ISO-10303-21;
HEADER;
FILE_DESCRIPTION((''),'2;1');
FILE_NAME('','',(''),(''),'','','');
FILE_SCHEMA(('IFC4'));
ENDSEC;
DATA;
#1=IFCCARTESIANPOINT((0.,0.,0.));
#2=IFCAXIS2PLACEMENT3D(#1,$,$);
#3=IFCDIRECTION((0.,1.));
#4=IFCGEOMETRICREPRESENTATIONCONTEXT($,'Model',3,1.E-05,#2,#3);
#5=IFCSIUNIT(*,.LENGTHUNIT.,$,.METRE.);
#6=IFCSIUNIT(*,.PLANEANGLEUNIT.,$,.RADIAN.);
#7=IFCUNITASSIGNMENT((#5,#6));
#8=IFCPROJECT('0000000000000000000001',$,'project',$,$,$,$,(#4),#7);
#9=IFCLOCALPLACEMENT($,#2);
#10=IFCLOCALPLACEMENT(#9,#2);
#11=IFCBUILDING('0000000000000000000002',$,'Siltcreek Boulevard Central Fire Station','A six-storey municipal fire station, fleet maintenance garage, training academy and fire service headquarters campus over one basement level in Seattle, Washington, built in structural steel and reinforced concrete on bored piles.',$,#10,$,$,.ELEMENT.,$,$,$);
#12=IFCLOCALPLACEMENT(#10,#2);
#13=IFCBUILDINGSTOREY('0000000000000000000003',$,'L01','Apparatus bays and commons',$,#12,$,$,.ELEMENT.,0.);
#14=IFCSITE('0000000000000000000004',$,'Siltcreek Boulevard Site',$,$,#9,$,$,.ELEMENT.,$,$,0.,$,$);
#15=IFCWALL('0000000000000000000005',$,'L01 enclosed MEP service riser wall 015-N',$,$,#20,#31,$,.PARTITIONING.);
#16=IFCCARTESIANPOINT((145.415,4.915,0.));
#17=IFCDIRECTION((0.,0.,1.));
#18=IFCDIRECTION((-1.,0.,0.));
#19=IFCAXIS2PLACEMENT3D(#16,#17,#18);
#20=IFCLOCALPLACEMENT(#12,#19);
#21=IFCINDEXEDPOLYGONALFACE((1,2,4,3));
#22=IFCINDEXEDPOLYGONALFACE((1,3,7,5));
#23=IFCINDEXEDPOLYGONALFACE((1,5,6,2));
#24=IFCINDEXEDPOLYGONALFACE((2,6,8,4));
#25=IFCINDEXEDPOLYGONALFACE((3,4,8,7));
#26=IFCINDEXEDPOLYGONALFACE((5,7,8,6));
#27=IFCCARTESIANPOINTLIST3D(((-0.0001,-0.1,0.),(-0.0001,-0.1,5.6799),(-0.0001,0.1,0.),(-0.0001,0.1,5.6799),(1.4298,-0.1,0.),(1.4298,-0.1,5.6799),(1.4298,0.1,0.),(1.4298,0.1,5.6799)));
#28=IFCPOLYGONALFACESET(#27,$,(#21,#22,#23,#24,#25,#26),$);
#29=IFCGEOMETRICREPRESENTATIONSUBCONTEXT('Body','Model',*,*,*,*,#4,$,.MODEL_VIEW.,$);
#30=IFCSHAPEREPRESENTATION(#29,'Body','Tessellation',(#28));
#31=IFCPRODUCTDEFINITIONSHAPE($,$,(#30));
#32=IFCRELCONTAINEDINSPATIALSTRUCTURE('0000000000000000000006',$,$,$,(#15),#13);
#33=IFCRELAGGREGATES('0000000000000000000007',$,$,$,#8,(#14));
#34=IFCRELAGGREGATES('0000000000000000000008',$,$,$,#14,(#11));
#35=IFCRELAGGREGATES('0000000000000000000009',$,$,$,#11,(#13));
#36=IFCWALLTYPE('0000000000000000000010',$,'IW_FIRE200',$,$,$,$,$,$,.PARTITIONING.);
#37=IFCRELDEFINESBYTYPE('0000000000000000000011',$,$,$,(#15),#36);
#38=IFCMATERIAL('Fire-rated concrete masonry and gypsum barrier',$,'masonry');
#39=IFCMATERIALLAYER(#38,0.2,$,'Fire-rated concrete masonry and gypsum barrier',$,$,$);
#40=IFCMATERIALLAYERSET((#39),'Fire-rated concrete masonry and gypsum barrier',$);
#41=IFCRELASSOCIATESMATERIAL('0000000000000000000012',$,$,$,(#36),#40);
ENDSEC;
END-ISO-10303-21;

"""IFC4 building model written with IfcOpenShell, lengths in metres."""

from ifc_helpers import new_model, si_unit, direction, frame, frame_2d, origin, place, context, subcontext, project, spatial, rectangle, extrude, material, layer, layer_set, type_object, element, save


model = new_model("IFC4")

# Units and contexts
model_context = context("Model", 3, precision=1e-05, world=origin(), true_north=direction((0.0, 1.0)))
body_context = subcontext(model_context, "Body", "Model", "MODEL_VIEW")
ifc_project = project(units=[si_unit("LENGTHUNIT", "METRE"), si_unit("PLANEANGLEUNIT", "RADIAN")], contexts=[model_context])

# Site, building, storey
site_placement = place(None, origin())
site = spatial("IfcSite", under=ifc_project, at=site_placement, Name="Siltcreek Boulevard Site", CompositionType="ELEMENT", RefElevation=0.0)
building_placement = place(site_placement, origin())
building = spatial("IfcBuilding", under=site, at=building_placement, Name="Siltcreek Boulevard Central Fire Station", Description="A six-storey municipal fire station, fleet maintenance garage, training academy and fire service headquarters campus over one basement level in Seattle, Washington, built in structural steel and reinforced concrete on bored piles.", CompositionType="ELEMENT")
storey_placement = place(building_placement, origin())
storey = spatial("IfcBuildingStorey", under=building, at=storey_placement, Name="L01", Description="Apparatus bays and commons", CompositionType="ELEMENT", Elevation=0.0)

# Wall
ifc_material_1 = material(Name="Fire-rated concrete masonry and gypsum barrier", Category="masonry")
ifc_layer = layer(ifc_material_1, 0.2, Name="Fire-rated concrete masonry and gypsum barrier")
ifc_layer_set = layer_set([ifc_layer], Name="Fire-rated concrete masonry and gypsum barrier")
wall_type = type_object("IfcWallType", Name="IW_FIRE200", PredefinedType="PARTITIONING", material=ifc_layer_set)
wall_placement = place(storey_placement, frame((145.415, 4.915, 0.0), z_axis=(0.0, 0.0, 1.0), x_axis=(-1.0, 0.0, 0.0)))
element("IfcWall", 1, at=wall_placement, inside=storey, type_object=wall_type, Name="L01 enclosed MEP service riser wall 015-N", PredefinedType="PARTITIONING", context=body_context, shape_type="SweptSolid", body=[
    extrude(rectangle(XDim=1.4299, YDim=0.2, at=frame_2d((0.7148, 0.0))), origin(), (0.0, 0.0, 1.0), 5.6799),
])

save(model, "model.ifc")
